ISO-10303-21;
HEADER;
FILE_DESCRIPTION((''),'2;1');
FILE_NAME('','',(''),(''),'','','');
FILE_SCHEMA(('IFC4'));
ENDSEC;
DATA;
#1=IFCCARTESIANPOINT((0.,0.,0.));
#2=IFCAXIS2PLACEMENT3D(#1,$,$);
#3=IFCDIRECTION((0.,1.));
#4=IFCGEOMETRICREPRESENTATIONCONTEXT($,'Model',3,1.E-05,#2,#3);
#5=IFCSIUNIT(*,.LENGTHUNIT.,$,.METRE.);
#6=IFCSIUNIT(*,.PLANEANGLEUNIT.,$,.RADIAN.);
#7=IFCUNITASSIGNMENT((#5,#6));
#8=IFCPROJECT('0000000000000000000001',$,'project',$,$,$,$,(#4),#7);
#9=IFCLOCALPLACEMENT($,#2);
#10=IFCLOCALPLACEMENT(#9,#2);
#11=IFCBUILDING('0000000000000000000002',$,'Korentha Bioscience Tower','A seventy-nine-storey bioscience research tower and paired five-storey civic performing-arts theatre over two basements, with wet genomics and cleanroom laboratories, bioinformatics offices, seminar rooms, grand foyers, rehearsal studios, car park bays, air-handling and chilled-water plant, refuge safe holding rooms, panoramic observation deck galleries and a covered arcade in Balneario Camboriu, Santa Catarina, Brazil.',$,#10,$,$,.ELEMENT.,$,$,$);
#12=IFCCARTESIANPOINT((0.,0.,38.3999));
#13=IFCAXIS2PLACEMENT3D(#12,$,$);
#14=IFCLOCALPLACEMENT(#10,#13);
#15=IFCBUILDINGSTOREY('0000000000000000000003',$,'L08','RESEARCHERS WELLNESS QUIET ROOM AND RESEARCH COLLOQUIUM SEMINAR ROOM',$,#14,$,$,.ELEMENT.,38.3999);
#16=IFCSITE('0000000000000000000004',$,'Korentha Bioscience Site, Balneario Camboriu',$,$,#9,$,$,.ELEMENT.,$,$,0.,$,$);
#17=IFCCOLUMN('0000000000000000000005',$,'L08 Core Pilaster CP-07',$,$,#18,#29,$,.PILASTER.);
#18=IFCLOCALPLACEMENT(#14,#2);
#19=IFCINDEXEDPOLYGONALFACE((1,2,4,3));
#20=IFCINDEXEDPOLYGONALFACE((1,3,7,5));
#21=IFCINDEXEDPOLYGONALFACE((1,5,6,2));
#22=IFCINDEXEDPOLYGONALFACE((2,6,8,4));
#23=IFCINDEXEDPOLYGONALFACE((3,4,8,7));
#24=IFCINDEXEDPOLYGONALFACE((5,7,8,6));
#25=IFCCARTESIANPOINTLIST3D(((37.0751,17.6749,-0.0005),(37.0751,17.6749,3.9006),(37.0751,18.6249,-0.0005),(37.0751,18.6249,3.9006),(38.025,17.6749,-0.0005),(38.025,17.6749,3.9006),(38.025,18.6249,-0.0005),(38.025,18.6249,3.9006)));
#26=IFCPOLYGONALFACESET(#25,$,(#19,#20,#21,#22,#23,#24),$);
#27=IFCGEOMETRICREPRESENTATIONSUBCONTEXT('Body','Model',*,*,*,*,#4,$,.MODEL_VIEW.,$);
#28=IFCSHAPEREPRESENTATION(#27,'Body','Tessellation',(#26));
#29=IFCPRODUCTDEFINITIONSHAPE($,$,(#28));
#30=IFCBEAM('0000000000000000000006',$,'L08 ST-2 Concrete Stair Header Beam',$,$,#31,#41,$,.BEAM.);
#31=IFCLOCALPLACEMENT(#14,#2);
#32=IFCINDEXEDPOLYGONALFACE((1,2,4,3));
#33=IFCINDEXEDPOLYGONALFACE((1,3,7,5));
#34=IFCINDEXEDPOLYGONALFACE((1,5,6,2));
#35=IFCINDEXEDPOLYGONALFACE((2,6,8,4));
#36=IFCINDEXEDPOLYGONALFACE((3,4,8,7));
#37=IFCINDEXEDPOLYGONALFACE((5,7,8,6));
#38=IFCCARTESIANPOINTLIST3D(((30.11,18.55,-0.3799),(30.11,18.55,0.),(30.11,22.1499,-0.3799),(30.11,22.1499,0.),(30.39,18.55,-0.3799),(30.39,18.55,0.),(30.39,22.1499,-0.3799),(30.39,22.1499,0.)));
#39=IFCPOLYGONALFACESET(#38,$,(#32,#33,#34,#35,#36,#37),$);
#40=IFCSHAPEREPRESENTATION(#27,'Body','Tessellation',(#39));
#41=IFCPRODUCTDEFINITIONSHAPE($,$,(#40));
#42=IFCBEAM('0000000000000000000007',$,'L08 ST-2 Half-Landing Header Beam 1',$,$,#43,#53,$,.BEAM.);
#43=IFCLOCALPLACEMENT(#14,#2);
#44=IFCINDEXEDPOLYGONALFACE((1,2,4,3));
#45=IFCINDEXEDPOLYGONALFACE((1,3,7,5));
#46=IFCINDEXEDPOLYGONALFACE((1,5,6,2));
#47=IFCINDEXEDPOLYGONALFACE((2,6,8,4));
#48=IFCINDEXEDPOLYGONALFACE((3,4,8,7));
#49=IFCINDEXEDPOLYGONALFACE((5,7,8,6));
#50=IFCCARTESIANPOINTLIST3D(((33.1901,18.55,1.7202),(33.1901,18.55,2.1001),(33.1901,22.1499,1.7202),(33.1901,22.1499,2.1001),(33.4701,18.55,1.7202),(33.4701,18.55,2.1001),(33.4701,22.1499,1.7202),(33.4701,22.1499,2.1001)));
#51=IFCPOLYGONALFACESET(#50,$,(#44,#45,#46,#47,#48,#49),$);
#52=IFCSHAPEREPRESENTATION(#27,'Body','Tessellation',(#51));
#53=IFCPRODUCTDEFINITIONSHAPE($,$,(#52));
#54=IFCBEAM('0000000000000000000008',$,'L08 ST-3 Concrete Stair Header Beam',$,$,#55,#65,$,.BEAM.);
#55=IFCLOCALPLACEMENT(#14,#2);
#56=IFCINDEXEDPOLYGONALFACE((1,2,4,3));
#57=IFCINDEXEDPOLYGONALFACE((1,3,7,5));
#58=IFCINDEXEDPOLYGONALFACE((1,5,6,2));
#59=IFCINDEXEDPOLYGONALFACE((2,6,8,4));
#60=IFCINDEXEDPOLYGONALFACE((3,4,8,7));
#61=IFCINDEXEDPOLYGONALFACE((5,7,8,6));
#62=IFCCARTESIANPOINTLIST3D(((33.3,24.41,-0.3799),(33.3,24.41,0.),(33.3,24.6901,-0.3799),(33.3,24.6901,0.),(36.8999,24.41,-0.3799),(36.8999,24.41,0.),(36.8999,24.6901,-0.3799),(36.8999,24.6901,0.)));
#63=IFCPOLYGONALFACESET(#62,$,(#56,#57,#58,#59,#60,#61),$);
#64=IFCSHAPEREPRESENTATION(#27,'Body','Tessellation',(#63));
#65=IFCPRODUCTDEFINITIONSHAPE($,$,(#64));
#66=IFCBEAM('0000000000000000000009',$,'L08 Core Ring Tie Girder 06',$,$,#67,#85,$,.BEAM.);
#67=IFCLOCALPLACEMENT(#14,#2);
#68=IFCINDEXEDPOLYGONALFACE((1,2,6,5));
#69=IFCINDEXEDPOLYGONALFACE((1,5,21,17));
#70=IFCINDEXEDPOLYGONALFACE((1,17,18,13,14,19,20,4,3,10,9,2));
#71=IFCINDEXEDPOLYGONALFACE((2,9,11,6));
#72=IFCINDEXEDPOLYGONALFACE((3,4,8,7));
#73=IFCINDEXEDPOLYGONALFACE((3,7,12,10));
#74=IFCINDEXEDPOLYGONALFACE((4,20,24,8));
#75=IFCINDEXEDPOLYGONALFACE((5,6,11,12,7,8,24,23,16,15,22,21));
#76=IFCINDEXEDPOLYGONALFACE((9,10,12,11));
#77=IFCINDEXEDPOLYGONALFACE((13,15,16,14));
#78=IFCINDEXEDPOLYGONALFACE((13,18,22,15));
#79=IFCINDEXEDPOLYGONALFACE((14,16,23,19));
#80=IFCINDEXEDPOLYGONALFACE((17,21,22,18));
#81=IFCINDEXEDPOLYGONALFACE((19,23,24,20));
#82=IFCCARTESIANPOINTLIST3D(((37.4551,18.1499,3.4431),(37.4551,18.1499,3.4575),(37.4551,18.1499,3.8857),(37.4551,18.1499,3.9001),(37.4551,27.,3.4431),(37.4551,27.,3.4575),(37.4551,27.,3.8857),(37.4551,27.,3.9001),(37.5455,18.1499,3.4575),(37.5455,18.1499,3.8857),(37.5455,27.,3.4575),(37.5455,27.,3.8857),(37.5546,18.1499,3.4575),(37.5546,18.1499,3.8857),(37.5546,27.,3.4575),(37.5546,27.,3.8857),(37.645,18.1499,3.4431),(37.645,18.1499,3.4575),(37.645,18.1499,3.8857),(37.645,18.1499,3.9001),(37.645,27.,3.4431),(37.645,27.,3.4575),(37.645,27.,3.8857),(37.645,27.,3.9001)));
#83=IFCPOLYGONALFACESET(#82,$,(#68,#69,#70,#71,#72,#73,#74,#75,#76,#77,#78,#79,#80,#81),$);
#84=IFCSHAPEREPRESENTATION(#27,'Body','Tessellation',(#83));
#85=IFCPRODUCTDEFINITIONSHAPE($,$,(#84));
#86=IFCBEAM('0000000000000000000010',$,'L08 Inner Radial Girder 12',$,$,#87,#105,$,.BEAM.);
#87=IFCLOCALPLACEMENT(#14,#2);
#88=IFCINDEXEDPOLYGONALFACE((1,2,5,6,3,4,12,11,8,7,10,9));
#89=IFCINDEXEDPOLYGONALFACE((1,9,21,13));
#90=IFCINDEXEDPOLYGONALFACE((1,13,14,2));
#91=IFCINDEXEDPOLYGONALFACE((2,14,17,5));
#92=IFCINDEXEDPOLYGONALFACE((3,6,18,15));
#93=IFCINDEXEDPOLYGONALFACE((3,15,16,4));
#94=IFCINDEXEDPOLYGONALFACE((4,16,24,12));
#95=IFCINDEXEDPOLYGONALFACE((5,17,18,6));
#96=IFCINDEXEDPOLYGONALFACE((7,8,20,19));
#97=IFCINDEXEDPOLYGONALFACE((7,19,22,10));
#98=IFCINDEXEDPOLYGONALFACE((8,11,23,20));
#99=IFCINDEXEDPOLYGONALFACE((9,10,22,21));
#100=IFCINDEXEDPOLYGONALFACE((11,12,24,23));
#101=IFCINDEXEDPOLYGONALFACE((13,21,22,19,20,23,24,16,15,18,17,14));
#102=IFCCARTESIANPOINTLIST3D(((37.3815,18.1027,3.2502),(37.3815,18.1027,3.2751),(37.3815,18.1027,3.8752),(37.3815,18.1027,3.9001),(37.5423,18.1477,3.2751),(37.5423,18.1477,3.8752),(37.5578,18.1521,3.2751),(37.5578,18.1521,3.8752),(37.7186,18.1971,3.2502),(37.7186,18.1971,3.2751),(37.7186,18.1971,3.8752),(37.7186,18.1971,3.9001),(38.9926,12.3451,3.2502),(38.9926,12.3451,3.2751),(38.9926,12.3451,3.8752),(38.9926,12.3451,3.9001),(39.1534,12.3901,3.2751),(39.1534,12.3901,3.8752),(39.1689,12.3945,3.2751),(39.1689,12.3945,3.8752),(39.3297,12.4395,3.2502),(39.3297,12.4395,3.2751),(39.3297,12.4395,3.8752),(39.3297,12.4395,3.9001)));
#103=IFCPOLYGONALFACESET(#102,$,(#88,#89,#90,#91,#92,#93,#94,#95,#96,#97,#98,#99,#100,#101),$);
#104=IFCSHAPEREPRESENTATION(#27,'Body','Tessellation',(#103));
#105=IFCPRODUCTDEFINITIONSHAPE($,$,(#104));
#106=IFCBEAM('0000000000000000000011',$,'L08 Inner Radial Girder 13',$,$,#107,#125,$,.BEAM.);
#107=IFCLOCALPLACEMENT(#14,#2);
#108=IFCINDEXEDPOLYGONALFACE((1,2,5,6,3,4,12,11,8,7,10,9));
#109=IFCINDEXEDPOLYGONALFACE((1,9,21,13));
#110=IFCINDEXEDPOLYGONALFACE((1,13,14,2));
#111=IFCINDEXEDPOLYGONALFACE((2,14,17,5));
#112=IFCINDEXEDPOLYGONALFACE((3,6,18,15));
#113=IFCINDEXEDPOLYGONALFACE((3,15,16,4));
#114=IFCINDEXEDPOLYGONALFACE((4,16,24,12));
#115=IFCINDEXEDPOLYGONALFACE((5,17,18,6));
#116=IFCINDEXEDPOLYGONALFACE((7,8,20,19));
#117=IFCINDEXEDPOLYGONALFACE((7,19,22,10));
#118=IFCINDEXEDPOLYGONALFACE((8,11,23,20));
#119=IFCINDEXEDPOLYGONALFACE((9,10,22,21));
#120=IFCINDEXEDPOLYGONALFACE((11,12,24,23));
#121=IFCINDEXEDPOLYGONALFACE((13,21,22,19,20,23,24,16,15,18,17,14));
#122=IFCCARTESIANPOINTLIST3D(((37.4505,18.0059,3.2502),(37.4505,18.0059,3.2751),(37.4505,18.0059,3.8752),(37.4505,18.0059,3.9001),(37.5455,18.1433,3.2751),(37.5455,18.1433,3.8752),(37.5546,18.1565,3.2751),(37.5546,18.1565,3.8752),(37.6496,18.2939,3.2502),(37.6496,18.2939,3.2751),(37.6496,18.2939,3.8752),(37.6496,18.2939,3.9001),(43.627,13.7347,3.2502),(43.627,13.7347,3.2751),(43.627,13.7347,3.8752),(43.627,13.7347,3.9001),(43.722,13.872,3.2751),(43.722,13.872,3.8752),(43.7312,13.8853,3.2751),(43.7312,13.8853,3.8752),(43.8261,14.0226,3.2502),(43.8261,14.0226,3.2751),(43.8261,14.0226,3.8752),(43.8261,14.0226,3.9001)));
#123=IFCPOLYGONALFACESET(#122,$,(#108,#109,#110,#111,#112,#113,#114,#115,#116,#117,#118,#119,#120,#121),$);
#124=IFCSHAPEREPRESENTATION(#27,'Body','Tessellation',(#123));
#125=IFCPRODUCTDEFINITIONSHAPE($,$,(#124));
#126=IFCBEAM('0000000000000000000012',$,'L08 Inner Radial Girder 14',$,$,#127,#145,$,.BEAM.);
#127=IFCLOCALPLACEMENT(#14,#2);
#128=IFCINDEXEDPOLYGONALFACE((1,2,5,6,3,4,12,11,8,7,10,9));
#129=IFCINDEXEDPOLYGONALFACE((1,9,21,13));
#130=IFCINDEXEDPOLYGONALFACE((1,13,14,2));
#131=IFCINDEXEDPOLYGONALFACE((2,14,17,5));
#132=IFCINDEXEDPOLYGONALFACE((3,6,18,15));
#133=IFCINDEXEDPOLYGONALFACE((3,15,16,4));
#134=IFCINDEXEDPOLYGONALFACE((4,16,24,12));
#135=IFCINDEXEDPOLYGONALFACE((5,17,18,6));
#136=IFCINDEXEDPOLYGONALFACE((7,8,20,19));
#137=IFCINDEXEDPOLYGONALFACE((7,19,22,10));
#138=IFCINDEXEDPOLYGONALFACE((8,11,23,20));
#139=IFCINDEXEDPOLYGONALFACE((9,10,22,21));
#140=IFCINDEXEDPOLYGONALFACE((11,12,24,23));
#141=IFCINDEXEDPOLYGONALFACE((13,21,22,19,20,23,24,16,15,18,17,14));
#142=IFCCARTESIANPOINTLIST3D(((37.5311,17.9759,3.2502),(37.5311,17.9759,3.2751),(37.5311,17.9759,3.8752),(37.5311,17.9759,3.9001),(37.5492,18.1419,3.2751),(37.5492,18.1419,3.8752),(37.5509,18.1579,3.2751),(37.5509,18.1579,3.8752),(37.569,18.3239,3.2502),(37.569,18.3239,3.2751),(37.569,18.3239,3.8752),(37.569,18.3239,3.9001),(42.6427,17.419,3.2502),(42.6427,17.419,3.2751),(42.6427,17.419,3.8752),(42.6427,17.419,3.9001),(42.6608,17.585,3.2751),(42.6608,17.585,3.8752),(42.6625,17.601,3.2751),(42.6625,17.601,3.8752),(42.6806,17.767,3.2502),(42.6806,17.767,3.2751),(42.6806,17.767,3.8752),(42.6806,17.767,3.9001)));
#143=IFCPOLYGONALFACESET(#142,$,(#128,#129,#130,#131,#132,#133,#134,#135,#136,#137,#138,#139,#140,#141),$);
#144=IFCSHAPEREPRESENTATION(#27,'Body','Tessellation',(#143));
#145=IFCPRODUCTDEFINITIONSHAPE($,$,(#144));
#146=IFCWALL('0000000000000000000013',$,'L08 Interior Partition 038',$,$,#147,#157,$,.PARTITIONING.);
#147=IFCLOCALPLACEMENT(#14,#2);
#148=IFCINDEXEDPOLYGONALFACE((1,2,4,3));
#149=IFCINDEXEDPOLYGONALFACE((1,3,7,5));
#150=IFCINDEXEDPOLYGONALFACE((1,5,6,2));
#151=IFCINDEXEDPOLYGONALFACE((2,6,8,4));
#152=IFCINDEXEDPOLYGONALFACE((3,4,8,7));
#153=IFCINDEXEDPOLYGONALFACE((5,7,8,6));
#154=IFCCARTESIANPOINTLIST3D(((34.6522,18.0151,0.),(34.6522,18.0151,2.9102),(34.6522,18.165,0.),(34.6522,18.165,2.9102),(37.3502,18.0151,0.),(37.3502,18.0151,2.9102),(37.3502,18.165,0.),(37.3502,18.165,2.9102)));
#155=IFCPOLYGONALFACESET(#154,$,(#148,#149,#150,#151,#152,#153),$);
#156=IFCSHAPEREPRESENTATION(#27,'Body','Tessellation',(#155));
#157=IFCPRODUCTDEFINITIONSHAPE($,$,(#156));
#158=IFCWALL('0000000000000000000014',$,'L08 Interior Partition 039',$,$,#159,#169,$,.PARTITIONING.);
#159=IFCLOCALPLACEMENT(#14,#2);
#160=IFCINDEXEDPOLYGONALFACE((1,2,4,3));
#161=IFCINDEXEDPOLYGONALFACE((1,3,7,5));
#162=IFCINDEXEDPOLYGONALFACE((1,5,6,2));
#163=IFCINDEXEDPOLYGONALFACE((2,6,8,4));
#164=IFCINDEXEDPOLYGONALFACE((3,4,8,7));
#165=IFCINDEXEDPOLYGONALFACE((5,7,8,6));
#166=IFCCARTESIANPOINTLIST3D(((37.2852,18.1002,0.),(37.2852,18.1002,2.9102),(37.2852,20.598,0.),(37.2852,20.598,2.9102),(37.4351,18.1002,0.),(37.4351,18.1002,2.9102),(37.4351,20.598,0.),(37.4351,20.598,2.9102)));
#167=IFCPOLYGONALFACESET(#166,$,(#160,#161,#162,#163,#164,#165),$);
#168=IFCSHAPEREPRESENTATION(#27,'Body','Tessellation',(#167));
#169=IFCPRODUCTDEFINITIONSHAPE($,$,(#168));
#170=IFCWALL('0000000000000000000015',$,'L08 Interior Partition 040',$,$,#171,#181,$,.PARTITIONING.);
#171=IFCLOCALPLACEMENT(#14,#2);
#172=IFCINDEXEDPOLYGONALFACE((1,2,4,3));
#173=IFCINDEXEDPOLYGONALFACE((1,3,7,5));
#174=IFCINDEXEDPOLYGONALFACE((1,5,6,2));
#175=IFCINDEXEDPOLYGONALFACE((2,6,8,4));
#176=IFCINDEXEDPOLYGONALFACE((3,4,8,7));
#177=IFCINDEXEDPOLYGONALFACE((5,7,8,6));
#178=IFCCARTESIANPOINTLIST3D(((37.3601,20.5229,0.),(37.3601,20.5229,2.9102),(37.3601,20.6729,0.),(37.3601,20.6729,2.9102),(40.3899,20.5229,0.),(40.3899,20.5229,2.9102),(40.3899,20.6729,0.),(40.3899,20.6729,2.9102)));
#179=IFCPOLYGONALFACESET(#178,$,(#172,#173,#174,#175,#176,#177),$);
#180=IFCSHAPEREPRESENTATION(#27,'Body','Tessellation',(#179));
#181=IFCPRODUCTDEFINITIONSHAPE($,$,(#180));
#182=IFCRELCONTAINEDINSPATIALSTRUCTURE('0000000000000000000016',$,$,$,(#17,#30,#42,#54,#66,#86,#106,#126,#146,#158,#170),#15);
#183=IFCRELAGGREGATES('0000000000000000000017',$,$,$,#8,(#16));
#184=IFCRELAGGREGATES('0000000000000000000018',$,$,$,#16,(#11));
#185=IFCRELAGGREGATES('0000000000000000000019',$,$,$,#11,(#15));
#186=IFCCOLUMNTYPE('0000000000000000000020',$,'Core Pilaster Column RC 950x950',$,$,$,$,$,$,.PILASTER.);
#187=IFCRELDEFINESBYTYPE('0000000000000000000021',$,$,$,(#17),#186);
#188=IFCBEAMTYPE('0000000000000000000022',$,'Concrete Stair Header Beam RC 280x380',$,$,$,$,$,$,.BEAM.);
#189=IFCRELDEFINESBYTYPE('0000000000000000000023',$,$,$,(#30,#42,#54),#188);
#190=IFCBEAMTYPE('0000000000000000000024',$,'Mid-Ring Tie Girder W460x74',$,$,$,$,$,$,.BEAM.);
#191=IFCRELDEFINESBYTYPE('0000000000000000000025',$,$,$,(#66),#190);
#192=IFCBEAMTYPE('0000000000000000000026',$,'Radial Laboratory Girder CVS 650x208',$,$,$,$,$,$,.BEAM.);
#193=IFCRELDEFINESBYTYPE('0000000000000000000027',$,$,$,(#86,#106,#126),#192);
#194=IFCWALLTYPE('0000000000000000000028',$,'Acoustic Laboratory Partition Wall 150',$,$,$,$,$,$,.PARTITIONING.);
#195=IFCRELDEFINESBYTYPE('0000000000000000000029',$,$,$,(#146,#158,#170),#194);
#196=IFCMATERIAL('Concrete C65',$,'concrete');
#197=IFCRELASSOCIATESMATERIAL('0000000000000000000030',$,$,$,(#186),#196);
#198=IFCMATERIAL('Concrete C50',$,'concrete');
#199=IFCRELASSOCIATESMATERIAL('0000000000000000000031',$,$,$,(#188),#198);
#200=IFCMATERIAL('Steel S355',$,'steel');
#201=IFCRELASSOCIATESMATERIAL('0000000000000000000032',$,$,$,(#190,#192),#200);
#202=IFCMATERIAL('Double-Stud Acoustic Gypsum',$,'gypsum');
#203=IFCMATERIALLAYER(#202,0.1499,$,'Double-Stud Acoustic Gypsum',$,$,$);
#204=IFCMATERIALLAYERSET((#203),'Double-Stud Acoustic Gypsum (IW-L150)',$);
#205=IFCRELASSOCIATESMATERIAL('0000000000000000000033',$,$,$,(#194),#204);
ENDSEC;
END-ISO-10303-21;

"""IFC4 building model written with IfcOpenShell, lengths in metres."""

from ifc_helpers import new_model, si_unit, direction, frame, frame_2d, origin, origin_2d, place, context, subcontext, project, spatial, rectangle, i_section, extrude, material, layer, layer_set, material_profile, profile_set, type_object, element, save


model = new_model("IFC4")

# Units and contexts
model_context = context("Model", 3, precision=1e-05, world=origin(), true_north=direction((0.0, 1.0)))
body_context = subcontext(model_context, "Body", "Model", "MODEL_VIEW")
ifc_project = project(units=[si_unit("LENGTHUNIT", "METRE"), si_unit("PLANEANGLEUNIT", "RADIAN")], contexts=[model_context])

# Site, building, storey
site_placement = place(None, origin())
site = spatial("IfcSite", under=ifc_project, at=site_placement, Name="Korentha Bioscience Site, Balneario Camboriu", CompositionType="ELEMENT", RefElevation=0.0)
building_placement = place(site_placement, origin())
building = spatial("IfcBuilding", under=site, at=building_placement, Name="Korentha Bioscience Tower", Description="A seventy-nine-storey bioscience research tower and paired five-storey civic performing-arts theatre over two basements, with wet genomics and cleanroom laboratories, bioinformatics offices, seminar rooms, grand foyers, rehearsal studios, car park bays, air-handling and chilled-water plant, refuge safe holding rooms, panoramic observation deck galleries and a covered arcade in Balneario Camboriu, Santa Catarina, Brazil.", CompositionType="ELEMENT")
storey_placement = place(building_placement, frame((0.0, 0.0, 38.3999)))
storey = spatial("IfcBuildingStorey", under=building, at=storey_placement, Name="L08", Description="RESEARCHERS WELLNESS QUIET ROOM AND RESEARCH COLLOQUIUM SEMINAR ROOM", CompositionType="ELEMENT", Elevation=38.3999)

# Column
ifc_material_1 = material(Name="Concrete C65", Category="concrete")
ifc_material_profile_1 = material_profile(ifc_material_1, rectangle(XDim=0.95, YDim=0.95, at=origin_2d()), Name="Concrete C65")
ifc_profile_set_1 = profile_set([ifc_material_profile_1], Name="Concrete C65 (COL-CP09)")
column_type = type_object("IfcColumnType", Name="Core Pilaster Column RC 950x950", PredefinedType="PILASTER", material=ifc_profile_set_1)
column_placement = place(storey_placement, frame((37.55, 18.1499, -0.0005), z_axis=(0.0, 0.0, 1.0), x_axis=(1.0, 0.0, 0.0)))
element("IfcColumn", 1, at=column_placement, inside=storey, type_object=column_type, Name="L08 Core Pilaster CP-07", PredefinedType="PILASTER", context=body_context, shape_type="SweptSolid", body=[
    extrude(rectangle(XDim=0.95, YDim=0.95, at=origin_2d()), origin(), (0.0, 0.0, 1.0), 3.9011),
])

# Beams
ifc_material_2 = material(Name="Concrete C50", Category="concrete")
ifc_material_profile_2 = material_profile(ifc_material_2, rectangle(XDim=0.28, YDim=0.3799, at=origin_2d()), Name="Concrete C50")
ifc_profile_set_2 = profile_set([ifc_material_profile_2], Name="Concrete C50 (ST-HB380)")
beam_type_1 = type_object("IfcBeamType", Name="Concrete Stair Header Beam RC 280x380", PredefinedType="BEAM", material=ifc_profile_set_2)
for number, where, z_axis, x_axis, name in (
    (2, (30.25, 18.55, -0.1899), (0.0, 1.0, 0.0), (-1.0, 0.0, 0.0), "L08 ST-2 Concrete Stair Header Beam"),
    (3, (33.3301, 18.55, 1.9102), (0.0, 1.0, 0.0), (-1.0, 0.0, 0.0), "L08 ST-2 Half-Landing Header Beam 1"),
    (4, (36.8999, 24.55, -0.1899), (-1.0, 0.0, 0.0), (0.0, -1.0, 0.0), "L08 ST-3 Concrete Stair Header Beam"),
):
    element("IfcBeam", number, at=place(storey_placement, frame(where, z_axis=z_axis, x_axis=x_axis)), inside=storey, type_object=beam_type_1, Name=name, PredefinedType="BEAM", context=body_context, shape_type="SweptSolid", body=[
        extrude(rectangle(XDim=0.28, YDim=0.3799, at=origin_2d()), origin(), (0.0, 0.0, 1.0), 3.5999),
    ])
ifc_material_3 = material(Name="Steel S355", Category="steel")
ifc_material_profile_3 = material_profile(ifc_material_3, i_section(OverallWidth=0.1899, OverallDepth=0.457, WebThickness=0.009, FlangeThickness=0.0144, at=origin_2d()), Name="Steel S355")
ifc_profile_set_3 = profile_set([ifc_material_profile_3], Name="Steel S355 (MB-460)")
beam_type_2 = type_object("IfcBeamType", Name="Mid-Ring Tie Girder W460x74", PredefinedType="BEAM", material=ifc_profile_set_3)
beam_1_placement = place(storey_placement, frame((37.55, 18.1499, 3.6716), z_axis=(0.0, 1.0, 0.0), x_axis=(-1.0, 0.0, 0.0)))
element("IfcBeam", 5, at=beam_1_placement, inside=storey, type_object=beam_type_2, Name="L08 Core Ring Tie Girder 06", PredefinedType="BEAM", context=body_context, shape_type="SweptSolid", body=[
    extrude(i_section(OverallWidth=0.1899, OverallDepth=0.457, WebThickness=0.009, FlangeThickness=0.0144, at=origin_2d()), origin(), (0.0, 0.0, 1.0), 8.8501),
])
ifc_material_profile_4 = material_profile(ifc_material_3, i_section(OverallWidth=0.3501, OverallDepth=0.6499, WebThickness=0.0161, FlangeThickness=0.0249, at=origin_2d()), Name="Steel S355")
ifc_profile_set_4 = profile_set([ifc_material_profile_4], Name="Steel S355 (RB-650)")
beam_type_3 = type_object("IfcBeamType", Name="Radial Laboratory Girder CVS 650x208", PredefinedType="BEAM", material=ifc_profile_set_4)
beam_2_placement = place(storey_placement, frame((37.55, 18.1499, 3.5752), z_axis=(0.269469, -0.963009, 0.0), x_axis=(0.963009, 0.269469, 0.0)))
element("IfcBeam", 6, at=beam_2_placement, inside=storey, type_object=beam_type_3, Name="L08 Inner Radial Girder 12", PredefinedType="BEAM", context=body_context, shape_type="SweptSolid", body=[
    extrude(i_section(OverallWidth=0.3501, OverallDepth=0.6499, WebThickness=0.0161, FlangeThickness=0.0249, at=origin_2d()), origin(), (0.0, 0.0, 1.0), 5.9788),
])
beam_3_placement = place(storey_placement, frame((37.55, 18.1499, 3.5752), z_axis=(0.822492, -0.568777, 0.0), x_axis=(0.568777, 0.822492, 0.0)))
element("IfcBeam", 7, at=beam_3_placement, inside=storey, type_object=beam_type_3, Name="L08 Inner Radial Girder 13", PredefinedType="BEAM", context=body_context, shape_type="SweptSolid", body=[
    extrude(i_section(OverallWidth=0.3501, OverallDepth=0.6499, WebThickness=0.0161, FlangeThickness=0.0249, at=origin_2d()), origin(), (0.0, 0.0, 1.0), 7.5095),
])
beam_4_placement = place(storey_placement, frame((37.55, 18.1499, 3.5752), z_axis=(0.994118, -0.108305, 0.0), x_axis=(0.108305, 0.994118, 0.0)))
element("IfcBeam", 8, at=beam_4_placement, inside=storey, type_object=beam_type_3, Name="L08 Inner Radial Girder 14", PredefinedType="BEAM", context=body_context, shape_type="SweptSolid", body=[
    extrude(i_section(OverallWidth=0.3501, OverallDepth=0.6499, WebThickness=0.0161, FlangeThickness=0.0249, at=origin_2d()), origin(), (0.0, 0.0, 1.0), 5.1418),
])

# Walls
ifc_material_4 = material(Name="Double-Stud Acoustic Gypsum", Category="gypsum")
ifc_layer_1 = layer(ifc_material_4, 0.1499, Name="Double-Stud Acoustic Gypsum")
ifc_layer_set_1 = layer_set([ifc_layer_1], Name="Double-Stud Acoustic Gypsum (IW-L150)")
wall_type_1 = type_object("IfcWallType", Name="Acoustic Laboratory Partition Wall 150", PredefinedType="PARTITIONING", material=ifc_layer_set_1)
wall_1_placement = place(storey_placement, frame((34.6521, 18.0901, 0.0), z_axis=(0.0, 0.0, 1.0), x_axis=(1.0, 0.0, 0.0)))
element("IfcWall", 9, at=wall_1_placement, inside=storey, type_object=wall_type_1, Name="L08 Interior Partition 038", PredefinedType="PARTITIONING", context=body_context, shape_type="SweptSolid", body=[
    extrude(rectangle(XDim=2.698, YDim=0.1499, at=frame_2d((1.3491, 0.0))), origin(), (0.0, 0.0, 1.0), 2.9102),
])
wall_2_placement = place(storey_placement, frame((37.3601, 18.1001, 0.0), z_axis=(0.0, 0.0, 1.0), x_axis=(0.0, 1.0, 0.0)))
element("IfcWall", 10, at=wall_2_placement, inside=storey, type_object=wall_type_1, Name="L08 Interior Partition 039", PredefinedType="PARTITIONING", context=body_context, shape_type="SweptSolid", body=[
    extrude(rectangle(XDim=2.4978, YDim=0.1499, at=frame_2d((1.249, 0.0))), origin(), (0.0, 0.0, 1.0), 2.9102),
])
wall_3_placement = place(storey_placement, frame((37.3601, 20.5979, 0.0), z_axis=(0.0, 0.0, 1.0), x_axis=(1.0, 0.0, 0.0)))
element("IfcWall", 11, at=wall_3_placement, inside=storey, type_object=wall_type_1, Name="L08 Interior Partition 040", PredefinedType="PARTITIONING", context=body_context, shape_type="SweptSolid", body=[
    extrude(rectangle(XDim=3.0298, YDim=0.1499, at=frame_2d((1.5149, 0.0))), origin(), (0.0, 0.0, 1.0), 2.9102),
])

save(model, "model.ifc")
